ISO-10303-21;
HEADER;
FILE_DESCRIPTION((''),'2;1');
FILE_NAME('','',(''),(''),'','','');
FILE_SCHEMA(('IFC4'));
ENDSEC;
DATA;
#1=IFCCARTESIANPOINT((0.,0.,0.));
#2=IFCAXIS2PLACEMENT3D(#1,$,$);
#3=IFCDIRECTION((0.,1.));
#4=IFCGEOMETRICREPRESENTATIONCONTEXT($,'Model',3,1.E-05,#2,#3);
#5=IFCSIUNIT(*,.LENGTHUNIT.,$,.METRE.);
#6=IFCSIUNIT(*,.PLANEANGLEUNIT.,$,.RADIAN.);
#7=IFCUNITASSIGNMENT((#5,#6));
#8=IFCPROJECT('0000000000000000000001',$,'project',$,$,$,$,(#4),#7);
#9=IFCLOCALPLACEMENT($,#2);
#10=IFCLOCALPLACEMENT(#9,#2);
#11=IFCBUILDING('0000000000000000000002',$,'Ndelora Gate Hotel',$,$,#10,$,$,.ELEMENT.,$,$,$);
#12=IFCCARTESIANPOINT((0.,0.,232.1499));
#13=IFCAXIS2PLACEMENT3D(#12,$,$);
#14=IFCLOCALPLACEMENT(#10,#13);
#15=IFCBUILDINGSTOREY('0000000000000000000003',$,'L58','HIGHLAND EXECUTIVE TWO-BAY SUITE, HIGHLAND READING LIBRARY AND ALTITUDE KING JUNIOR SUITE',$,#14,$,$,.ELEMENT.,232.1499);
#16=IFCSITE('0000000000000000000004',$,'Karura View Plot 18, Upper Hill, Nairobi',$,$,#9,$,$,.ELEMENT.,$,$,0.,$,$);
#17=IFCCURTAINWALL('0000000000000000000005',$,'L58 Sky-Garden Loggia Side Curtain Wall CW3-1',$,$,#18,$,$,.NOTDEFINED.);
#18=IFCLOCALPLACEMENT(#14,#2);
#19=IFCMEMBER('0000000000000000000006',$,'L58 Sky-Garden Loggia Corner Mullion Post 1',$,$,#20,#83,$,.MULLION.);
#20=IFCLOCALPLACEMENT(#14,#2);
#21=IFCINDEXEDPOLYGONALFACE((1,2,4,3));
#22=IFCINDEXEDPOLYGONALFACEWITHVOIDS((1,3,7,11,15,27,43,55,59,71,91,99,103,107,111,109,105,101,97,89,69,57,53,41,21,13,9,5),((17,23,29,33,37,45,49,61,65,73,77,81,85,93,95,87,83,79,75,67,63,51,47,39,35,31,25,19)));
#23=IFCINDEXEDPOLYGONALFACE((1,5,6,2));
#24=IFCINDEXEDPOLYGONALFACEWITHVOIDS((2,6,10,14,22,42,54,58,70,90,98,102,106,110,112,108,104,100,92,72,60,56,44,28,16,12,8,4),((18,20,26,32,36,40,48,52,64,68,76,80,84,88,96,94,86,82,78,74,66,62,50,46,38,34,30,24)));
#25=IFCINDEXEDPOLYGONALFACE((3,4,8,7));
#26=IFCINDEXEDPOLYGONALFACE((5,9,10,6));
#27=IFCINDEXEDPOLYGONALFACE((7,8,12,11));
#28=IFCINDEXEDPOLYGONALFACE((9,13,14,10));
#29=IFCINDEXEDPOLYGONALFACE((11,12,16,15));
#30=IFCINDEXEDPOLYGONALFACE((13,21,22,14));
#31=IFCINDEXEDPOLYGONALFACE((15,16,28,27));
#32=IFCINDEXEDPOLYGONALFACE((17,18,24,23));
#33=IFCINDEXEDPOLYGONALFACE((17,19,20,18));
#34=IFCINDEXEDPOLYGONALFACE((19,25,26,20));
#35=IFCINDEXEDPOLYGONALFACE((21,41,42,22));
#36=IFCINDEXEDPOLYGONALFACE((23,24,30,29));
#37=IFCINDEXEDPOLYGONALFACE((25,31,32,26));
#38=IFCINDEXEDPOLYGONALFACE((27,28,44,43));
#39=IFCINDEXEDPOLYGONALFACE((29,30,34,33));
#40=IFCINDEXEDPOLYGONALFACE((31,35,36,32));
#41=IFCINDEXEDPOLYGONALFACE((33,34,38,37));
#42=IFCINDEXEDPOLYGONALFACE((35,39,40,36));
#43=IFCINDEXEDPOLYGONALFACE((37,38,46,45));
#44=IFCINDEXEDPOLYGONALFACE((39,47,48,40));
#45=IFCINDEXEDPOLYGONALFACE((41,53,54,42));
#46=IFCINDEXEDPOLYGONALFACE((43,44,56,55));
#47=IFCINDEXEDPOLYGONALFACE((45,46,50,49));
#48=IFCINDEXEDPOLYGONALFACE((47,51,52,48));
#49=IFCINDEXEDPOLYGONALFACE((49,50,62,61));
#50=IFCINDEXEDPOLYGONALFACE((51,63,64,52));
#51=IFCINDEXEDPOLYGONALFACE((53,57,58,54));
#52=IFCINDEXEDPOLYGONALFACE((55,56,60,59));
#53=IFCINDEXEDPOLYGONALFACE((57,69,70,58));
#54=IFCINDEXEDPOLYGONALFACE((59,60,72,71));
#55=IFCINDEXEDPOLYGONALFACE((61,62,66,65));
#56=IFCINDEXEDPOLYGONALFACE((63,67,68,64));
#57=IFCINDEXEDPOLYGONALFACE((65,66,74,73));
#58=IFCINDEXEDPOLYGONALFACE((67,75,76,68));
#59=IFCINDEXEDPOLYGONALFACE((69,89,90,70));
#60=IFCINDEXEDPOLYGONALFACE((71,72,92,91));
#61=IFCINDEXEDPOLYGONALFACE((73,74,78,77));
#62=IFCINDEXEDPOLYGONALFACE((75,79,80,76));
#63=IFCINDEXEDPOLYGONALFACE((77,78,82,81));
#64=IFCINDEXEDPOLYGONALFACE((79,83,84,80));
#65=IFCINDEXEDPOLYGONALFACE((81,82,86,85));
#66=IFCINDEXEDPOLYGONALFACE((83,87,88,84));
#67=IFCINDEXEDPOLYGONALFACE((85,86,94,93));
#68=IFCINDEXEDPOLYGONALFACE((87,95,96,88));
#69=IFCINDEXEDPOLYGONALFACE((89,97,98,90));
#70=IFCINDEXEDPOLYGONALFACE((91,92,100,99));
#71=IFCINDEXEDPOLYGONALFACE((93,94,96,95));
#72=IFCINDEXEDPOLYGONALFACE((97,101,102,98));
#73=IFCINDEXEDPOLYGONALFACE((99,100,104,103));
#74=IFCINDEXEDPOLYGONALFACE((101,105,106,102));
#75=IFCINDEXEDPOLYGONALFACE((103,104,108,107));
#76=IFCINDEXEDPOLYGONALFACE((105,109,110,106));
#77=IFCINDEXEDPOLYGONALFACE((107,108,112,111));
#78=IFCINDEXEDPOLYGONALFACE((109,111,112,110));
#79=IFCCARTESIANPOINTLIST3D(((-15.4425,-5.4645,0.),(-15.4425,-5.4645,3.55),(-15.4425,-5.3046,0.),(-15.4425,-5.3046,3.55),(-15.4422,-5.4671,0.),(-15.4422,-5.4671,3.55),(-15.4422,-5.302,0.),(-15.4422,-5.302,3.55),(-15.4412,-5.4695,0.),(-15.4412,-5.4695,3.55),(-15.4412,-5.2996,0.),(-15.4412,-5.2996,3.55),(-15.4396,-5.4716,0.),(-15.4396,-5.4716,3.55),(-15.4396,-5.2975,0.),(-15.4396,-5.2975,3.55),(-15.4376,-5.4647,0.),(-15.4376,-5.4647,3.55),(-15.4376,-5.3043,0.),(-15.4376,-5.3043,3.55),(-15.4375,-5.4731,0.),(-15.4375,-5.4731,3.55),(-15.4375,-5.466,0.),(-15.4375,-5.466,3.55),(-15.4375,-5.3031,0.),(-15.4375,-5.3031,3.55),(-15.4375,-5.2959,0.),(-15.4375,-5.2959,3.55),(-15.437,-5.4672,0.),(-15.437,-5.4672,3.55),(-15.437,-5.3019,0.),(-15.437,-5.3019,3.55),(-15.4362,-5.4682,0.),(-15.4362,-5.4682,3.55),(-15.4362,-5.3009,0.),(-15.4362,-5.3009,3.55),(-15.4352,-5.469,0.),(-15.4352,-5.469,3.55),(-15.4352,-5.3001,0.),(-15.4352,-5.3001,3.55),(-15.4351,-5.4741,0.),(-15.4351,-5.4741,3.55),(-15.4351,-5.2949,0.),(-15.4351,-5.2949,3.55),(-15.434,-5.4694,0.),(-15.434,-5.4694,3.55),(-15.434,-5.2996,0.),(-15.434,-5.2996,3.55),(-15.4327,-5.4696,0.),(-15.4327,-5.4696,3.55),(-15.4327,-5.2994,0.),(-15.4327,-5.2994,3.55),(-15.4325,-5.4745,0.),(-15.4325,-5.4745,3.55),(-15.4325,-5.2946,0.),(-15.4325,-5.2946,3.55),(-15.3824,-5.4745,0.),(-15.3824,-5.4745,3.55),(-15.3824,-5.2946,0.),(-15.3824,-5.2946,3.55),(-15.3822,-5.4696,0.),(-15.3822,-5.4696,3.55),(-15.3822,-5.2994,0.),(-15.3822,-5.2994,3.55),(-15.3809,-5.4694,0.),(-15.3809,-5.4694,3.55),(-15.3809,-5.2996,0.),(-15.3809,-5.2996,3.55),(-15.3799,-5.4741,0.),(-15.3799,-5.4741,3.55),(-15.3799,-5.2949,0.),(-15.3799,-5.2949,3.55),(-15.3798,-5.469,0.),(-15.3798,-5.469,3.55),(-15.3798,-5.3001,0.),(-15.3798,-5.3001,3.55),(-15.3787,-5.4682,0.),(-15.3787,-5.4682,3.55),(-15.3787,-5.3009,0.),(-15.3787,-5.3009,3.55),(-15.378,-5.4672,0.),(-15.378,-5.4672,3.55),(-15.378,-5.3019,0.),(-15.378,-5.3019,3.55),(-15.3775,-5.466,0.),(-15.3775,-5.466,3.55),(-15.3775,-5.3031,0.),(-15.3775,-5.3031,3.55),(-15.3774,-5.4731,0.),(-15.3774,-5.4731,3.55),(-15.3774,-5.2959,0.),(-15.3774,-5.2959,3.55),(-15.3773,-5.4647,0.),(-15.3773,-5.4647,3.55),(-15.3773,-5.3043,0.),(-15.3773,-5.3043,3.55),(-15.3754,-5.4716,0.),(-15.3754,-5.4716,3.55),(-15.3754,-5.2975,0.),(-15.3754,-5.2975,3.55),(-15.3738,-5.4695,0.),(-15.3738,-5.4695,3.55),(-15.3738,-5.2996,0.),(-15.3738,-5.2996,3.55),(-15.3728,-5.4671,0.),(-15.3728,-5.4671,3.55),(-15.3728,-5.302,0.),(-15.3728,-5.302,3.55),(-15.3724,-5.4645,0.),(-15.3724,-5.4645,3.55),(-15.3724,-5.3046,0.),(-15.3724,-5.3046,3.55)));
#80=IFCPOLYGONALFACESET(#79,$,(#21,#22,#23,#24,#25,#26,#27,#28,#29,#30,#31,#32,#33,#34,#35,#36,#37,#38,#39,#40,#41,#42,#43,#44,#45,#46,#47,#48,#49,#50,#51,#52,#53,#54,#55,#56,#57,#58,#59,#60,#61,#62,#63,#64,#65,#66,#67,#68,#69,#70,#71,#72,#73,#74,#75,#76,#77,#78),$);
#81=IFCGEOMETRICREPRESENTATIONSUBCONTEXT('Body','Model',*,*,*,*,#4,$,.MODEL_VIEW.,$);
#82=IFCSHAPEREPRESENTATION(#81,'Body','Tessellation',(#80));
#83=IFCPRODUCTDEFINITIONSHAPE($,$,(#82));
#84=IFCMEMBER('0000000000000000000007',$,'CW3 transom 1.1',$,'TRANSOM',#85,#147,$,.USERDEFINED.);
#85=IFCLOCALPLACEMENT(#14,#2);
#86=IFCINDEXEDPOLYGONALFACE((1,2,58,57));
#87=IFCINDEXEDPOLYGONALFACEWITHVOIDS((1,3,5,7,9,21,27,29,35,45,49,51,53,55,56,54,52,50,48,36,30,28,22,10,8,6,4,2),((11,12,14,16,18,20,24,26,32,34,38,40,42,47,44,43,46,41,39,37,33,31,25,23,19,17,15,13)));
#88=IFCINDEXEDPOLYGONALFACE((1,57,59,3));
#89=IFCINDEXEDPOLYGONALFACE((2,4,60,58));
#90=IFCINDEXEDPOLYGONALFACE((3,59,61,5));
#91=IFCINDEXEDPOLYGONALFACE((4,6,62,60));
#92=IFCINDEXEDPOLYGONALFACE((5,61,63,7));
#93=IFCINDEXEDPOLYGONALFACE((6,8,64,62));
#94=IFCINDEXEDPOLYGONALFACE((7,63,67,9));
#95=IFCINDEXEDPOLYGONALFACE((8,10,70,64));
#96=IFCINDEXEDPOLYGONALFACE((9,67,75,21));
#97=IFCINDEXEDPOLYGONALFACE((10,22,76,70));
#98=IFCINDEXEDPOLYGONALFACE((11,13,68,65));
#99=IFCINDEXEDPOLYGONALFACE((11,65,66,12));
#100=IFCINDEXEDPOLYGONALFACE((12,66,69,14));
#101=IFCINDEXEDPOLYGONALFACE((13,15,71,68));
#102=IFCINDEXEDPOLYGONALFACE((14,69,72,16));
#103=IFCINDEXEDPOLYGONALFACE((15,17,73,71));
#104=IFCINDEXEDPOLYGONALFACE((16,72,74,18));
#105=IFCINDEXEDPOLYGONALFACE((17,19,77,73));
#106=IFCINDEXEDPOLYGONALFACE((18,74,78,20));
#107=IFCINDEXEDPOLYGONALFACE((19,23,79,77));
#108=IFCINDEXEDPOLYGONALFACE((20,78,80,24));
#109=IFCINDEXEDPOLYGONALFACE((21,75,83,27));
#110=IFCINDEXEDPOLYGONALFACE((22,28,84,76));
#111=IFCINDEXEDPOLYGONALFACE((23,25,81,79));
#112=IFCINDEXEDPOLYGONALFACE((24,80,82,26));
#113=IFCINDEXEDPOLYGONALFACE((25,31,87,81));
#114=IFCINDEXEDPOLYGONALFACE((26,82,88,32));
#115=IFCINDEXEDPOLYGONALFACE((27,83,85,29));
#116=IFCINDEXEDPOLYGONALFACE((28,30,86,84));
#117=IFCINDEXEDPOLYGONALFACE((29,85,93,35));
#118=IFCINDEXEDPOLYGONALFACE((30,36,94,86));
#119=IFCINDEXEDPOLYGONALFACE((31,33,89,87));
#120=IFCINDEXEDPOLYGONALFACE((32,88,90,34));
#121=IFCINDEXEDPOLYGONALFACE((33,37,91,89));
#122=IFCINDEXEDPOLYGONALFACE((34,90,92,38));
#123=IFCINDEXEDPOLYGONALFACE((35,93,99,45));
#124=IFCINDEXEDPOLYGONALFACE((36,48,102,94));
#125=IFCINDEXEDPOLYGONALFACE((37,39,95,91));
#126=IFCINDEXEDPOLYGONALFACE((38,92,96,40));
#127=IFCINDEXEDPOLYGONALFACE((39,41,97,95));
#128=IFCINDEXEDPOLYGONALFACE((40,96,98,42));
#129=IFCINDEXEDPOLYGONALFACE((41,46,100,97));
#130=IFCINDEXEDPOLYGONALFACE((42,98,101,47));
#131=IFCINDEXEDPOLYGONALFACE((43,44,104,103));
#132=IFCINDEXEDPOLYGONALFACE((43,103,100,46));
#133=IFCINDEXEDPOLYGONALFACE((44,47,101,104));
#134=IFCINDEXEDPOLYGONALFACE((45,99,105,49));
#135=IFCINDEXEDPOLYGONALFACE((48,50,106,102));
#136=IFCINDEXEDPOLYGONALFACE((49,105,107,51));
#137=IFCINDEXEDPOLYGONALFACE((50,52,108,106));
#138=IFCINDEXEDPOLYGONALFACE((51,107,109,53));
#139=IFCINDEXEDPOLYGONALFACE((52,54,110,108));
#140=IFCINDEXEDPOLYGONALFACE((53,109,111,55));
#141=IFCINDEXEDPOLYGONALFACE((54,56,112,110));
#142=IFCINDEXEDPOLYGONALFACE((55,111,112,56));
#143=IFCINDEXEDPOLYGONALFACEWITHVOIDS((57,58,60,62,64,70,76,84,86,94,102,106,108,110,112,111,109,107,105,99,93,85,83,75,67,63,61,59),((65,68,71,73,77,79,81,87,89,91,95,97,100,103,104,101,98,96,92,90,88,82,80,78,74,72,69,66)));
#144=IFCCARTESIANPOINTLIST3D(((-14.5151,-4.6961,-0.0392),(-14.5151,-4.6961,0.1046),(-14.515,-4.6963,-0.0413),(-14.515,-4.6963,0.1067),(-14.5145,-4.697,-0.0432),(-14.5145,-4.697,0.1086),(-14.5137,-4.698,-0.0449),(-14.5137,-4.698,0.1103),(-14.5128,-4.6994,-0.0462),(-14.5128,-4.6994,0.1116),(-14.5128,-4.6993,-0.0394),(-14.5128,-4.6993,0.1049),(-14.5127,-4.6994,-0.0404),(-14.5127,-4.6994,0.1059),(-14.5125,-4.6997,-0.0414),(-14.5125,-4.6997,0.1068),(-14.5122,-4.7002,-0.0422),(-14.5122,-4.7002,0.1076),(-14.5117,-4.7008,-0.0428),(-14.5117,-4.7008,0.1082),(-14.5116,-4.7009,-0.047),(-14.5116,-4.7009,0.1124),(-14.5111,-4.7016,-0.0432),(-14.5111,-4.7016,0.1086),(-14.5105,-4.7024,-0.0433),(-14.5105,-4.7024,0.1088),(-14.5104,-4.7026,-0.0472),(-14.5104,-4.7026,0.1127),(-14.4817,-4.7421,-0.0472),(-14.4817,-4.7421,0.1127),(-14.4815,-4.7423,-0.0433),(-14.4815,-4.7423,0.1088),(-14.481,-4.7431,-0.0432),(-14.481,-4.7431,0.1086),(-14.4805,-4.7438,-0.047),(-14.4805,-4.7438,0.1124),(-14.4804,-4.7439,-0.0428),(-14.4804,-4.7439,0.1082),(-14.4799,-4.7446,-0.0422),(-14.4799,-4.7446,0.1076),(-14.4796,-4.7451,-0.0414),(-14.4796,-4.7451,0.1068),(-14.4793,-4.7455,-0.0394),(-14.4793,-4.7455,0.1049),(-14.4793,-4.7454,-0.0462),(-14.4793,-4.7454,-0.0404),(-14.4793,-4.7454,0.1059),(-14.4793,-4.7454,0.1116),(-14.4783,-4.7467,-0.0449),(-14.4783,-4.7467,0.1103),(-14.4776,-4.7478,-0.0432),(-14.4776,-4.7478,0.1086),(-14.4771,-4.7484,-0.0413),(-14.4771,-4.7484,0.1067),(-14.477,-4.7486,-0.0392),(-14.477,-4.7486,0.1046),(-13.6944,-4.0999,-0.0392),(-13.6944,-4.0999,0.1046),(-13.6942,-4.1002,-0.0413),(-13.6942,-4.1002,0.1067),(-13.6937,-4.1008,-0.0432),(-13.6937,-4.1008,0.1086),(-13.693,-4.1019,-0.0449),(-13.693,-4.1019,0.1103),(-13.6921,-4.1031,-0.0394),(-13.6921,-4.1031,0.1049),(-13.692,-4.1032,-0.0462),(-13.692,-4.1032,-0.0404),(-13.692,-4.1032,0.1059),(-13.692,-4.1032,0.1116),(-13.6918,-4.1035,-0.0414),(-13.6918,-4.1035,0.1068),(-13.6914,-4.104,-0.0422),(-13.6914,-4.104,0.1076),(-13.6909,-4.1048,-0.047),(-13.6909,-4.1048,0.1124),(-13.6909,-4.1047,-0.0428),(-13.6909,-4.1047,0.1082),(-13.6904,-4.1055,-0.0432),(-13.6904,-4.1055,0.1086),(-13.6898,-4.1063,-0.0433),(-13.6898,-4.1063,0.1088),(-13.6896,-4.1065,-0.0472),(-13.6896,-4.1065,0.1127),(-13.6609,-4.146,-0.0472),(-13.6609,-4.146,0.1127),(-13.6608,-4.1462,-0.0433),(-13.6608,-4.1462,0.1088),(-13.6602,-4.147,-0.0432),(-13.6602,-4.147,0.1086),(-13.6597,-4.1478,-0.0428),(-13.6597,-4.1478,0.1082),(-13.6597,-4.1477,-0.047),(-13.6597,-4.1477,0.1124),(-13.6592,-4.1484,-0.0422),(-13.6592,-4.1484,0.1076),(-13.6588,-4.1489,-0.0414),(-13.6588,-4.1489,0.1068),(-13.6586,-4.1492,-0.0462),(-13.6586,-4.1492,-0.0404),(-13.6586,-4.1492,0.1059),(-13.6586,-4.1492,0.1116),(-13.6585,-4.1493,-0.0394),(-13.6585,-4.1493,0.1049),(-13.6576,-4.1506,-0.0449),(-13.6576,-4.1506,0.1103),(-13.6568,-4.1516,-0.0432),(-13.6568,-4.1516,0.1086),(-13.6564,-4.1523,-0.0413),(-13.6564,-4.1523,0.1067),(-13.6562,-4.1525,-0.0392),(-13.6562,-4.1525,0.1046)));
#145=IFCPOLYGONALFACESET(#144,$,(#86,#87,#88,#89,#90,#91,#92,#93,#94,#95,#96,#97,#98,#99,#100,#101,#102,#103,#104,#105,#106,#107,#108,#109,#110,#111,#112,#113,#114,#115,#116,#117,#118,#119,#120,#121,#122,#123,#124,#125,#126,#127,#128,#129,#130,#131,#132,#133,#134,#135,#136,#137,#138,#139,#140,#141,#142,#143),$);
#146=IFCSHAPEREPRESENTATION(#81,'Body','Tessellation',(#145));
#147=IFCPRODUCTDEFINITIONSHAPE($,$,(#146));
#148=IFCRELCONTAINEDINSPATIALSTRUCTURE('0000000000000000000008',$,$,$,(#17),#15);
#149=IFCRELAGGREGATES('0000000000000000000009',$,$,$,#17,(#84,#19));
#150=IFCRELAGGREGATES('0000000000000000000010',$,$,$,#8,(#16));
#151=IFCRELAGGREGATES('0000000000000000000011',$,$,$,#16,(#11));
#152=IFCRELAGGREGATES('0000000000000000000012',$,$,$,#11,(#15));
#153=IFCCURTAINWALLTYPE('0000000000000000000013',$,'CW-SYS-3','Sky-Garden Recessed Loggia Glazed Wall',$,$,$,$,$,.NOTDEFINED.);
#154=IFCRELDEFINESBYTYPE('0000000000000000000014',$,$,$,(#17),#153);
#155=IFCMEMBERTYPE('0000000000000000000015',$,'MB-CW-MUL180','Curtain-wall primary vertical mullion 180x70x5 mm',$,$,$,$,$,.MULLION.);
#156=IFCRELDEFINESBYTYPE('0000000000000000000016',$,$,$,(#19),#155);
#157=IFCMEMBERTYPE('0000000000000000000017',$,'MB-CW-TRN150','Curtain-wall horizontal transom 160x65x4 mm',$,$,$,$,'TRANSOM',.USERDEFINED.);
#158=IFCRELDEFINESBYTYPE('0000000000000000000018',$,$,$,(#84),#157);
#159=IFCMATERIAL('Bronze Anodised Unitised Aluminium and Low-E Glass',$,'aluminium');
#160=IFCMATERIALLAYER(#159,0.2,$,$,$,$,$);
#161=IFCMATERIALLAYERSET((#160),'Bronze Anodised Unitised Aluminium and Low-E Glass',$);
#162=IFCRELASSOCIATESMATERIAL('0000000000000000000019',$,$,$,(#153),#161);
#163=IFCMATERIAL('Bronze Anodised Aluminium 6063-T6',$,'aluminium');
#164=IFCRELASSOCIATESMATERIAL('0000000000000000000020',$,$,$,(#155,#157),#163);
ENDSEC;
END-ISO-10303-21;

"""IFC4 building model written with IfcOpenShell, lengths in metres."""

from ifc_helpers import new_model, si_unit, direction, frame, origin, origin_2d, place, context, subcontext, project, spatial, hollow_rectangle, extrude, material, layer, layer_set, material_profile, profile_set, type_object, element, aggregate, save


model = new_model("IFC4")

# Units and contexts
model_context = context("Model", 3, precision=1e-05, world=origin(), true_north=direction((0.0, 1.0)))
body_context = subcontext(model_context, "Body", "Model", "MODEL_VIEW")
ifc_project = project(units=[si_unit("LENGTHUNIT", "METRE"), si_unit("PLANEANGLEUNIT", "RADIAN")], contexts=[model_context])

# Site, building, storey
site_placement = place(None, origin())
site = spatial("IfcSite", under=ifc_project, at=site_placement, Name="Karura View Plot 18, Upper Hill, Nairobi", CompositionType="ELEMENT", RefElevation=0.0)
building_placement = place(site_placement, origin())
building = spatial("IfcBuilding", under=site, at=building_placement, Name="Ndelora Gate Hotel", CompositionType="ELEMENT")
storey_placement = place(building_placement, frame((0.0, 0.0, 232.1499)))
storey = spatial("IfcBuildingStorey", under=building, at=storey_placement, Name="L58", Description="HIGHLAND EXECUTIVE TWO-BAY SUITE, HIGHLAND READING LIBRARY AND ALTITUDE KING JUNIOR SUITE", CompositionType="ELEMENT", Elevation=232.1499)

# Curtain wall, members
ifc_material_1 = material(Name="Bronze Anodised Unitised Aluminium and Low-E Glass", Category="aluminium")
ifc_layer_1 = layer(ifc_material_1, 0.2)
ifc_layer_set_1 = layer_set([ifc_layer_1], Name="Bronze Anodised Unitised Aluminium and Low-E Glass")
curtain_wall_type = type_object("IfcCurtainWallType", Name="CW-SYS-3", Description="Sky-Garden Recessed Loggia Glazed Wall", PredefinedType="NOTDEFINED", material=ifc_layer_set_1)
curtain_wall_placement = place(storey_placement, origin())
curtain_wall = element("IfcCurtainWall", 1, at=curtain_wall_placement, inside=storey, type_object=curtain_wall_type, Name="L58 Sky-Garden Loggia Side Curtain Wall CW3-1", PredefinedType="NOTDEFINED")
ifc_material_2 = material(Name="Bronze Anodised Aluminium 6063-T6", Category="aluminium")
ifc_material_profile_1 = material_profile(ifc_material_2, hollow_rectangle(XDim=0.0701, YDim=0.1799, WallThickness=0.0049, InnerFilletRadius=0.0049, OuterFilletRadius=0.01, at=origin_2d()), Name="ALU 180x70x5")
ifc_profile_set_1 = profile_set([ifc_material_profile_1], Name="Bronze Anodised Aluminium 6063-T6")
member_type_1 = type_object("IfcMemberType", Name="MB-CW-MUL180", Description="Curtain-wall primary vertical mullion 180x70x5 mm", PredefinedType="MULLION", material=ifc_profile_set_1)
member_1_placement = place(storey_placement, frame((-15.4075, -5.3845, 0.0), z_axis=(0.0, 0.0, 1.0), x_axis=(1.0, 0.0, 0.0)))
member_1 = element("IfcMember", 2, at=member_1_placement, type_object=member_type_1, Name="L58 Sky-Garden Loggia Corner Mullion Post 1", PredefinedType="MULLION", context=body_context, shape_type="SweptSolid", body=[
    extrude(hollow_rectangle(XDim=0.0701, YDim=0.1799, WallThickness=0.0049, InnerFilletRadius=0.0049, OuterFilletRadius=0.01, at=origin_2d()), origin(), (0.0, 0.0, 1.0), 3.55),
])
ifc_material_profile_2 = material_profile(ifc_material_2, hollow_rectangle(XDim=0.0649, YDim=0.1599, WallThickness=0.0039, InnerFilletRadius=0.0039, OuterFilletRadius=0.0081, at=origin_2d()), Name="ALU 160x65x4")
ifc_profile_set_2 = profile_set([ifc_material_profile_2], Name="Bronze Anodised Aluminium 6063-T6")
member_type_2 = type_object("IfcMemberType", Name="MB-CW-TRN150", Description="Curtain-wall horizontal transom 160x65x4 mm", ElementType="TRANSOM", PredefinedType="USERDEFINED", material=ifc_profile_set_2)
member_2_placement = place(storey_placement, frame((-13.6753, -4.1262, 0.0327), z_axis=(-0.80909, -0.587685, 0.0), x_axis=(0.587685, -0.80909, 0.0)))
member_2 = element("IfcMember", 3, at=member_2_placement, type_object=member_type_2, Name="CW3 transom 1.1", ObjectType="TRANSOM", PredefinedType="USERDEFINED", context=body_context, shape_type="SweptSolid", body=[
    extrude(hollow_rectangle(XDim=0.0649, YDim=0.1599, WallThickness=0.0039, InnerFilletRadius=0.0039, OuterFilletRadius=0.0081, at=origin_2d()), origin(), (0.0, 0.0, 1.0), 1.0144),
])
aggregate(curtain_wall, [member_2, member_1])

save(model, "model.ifc")
